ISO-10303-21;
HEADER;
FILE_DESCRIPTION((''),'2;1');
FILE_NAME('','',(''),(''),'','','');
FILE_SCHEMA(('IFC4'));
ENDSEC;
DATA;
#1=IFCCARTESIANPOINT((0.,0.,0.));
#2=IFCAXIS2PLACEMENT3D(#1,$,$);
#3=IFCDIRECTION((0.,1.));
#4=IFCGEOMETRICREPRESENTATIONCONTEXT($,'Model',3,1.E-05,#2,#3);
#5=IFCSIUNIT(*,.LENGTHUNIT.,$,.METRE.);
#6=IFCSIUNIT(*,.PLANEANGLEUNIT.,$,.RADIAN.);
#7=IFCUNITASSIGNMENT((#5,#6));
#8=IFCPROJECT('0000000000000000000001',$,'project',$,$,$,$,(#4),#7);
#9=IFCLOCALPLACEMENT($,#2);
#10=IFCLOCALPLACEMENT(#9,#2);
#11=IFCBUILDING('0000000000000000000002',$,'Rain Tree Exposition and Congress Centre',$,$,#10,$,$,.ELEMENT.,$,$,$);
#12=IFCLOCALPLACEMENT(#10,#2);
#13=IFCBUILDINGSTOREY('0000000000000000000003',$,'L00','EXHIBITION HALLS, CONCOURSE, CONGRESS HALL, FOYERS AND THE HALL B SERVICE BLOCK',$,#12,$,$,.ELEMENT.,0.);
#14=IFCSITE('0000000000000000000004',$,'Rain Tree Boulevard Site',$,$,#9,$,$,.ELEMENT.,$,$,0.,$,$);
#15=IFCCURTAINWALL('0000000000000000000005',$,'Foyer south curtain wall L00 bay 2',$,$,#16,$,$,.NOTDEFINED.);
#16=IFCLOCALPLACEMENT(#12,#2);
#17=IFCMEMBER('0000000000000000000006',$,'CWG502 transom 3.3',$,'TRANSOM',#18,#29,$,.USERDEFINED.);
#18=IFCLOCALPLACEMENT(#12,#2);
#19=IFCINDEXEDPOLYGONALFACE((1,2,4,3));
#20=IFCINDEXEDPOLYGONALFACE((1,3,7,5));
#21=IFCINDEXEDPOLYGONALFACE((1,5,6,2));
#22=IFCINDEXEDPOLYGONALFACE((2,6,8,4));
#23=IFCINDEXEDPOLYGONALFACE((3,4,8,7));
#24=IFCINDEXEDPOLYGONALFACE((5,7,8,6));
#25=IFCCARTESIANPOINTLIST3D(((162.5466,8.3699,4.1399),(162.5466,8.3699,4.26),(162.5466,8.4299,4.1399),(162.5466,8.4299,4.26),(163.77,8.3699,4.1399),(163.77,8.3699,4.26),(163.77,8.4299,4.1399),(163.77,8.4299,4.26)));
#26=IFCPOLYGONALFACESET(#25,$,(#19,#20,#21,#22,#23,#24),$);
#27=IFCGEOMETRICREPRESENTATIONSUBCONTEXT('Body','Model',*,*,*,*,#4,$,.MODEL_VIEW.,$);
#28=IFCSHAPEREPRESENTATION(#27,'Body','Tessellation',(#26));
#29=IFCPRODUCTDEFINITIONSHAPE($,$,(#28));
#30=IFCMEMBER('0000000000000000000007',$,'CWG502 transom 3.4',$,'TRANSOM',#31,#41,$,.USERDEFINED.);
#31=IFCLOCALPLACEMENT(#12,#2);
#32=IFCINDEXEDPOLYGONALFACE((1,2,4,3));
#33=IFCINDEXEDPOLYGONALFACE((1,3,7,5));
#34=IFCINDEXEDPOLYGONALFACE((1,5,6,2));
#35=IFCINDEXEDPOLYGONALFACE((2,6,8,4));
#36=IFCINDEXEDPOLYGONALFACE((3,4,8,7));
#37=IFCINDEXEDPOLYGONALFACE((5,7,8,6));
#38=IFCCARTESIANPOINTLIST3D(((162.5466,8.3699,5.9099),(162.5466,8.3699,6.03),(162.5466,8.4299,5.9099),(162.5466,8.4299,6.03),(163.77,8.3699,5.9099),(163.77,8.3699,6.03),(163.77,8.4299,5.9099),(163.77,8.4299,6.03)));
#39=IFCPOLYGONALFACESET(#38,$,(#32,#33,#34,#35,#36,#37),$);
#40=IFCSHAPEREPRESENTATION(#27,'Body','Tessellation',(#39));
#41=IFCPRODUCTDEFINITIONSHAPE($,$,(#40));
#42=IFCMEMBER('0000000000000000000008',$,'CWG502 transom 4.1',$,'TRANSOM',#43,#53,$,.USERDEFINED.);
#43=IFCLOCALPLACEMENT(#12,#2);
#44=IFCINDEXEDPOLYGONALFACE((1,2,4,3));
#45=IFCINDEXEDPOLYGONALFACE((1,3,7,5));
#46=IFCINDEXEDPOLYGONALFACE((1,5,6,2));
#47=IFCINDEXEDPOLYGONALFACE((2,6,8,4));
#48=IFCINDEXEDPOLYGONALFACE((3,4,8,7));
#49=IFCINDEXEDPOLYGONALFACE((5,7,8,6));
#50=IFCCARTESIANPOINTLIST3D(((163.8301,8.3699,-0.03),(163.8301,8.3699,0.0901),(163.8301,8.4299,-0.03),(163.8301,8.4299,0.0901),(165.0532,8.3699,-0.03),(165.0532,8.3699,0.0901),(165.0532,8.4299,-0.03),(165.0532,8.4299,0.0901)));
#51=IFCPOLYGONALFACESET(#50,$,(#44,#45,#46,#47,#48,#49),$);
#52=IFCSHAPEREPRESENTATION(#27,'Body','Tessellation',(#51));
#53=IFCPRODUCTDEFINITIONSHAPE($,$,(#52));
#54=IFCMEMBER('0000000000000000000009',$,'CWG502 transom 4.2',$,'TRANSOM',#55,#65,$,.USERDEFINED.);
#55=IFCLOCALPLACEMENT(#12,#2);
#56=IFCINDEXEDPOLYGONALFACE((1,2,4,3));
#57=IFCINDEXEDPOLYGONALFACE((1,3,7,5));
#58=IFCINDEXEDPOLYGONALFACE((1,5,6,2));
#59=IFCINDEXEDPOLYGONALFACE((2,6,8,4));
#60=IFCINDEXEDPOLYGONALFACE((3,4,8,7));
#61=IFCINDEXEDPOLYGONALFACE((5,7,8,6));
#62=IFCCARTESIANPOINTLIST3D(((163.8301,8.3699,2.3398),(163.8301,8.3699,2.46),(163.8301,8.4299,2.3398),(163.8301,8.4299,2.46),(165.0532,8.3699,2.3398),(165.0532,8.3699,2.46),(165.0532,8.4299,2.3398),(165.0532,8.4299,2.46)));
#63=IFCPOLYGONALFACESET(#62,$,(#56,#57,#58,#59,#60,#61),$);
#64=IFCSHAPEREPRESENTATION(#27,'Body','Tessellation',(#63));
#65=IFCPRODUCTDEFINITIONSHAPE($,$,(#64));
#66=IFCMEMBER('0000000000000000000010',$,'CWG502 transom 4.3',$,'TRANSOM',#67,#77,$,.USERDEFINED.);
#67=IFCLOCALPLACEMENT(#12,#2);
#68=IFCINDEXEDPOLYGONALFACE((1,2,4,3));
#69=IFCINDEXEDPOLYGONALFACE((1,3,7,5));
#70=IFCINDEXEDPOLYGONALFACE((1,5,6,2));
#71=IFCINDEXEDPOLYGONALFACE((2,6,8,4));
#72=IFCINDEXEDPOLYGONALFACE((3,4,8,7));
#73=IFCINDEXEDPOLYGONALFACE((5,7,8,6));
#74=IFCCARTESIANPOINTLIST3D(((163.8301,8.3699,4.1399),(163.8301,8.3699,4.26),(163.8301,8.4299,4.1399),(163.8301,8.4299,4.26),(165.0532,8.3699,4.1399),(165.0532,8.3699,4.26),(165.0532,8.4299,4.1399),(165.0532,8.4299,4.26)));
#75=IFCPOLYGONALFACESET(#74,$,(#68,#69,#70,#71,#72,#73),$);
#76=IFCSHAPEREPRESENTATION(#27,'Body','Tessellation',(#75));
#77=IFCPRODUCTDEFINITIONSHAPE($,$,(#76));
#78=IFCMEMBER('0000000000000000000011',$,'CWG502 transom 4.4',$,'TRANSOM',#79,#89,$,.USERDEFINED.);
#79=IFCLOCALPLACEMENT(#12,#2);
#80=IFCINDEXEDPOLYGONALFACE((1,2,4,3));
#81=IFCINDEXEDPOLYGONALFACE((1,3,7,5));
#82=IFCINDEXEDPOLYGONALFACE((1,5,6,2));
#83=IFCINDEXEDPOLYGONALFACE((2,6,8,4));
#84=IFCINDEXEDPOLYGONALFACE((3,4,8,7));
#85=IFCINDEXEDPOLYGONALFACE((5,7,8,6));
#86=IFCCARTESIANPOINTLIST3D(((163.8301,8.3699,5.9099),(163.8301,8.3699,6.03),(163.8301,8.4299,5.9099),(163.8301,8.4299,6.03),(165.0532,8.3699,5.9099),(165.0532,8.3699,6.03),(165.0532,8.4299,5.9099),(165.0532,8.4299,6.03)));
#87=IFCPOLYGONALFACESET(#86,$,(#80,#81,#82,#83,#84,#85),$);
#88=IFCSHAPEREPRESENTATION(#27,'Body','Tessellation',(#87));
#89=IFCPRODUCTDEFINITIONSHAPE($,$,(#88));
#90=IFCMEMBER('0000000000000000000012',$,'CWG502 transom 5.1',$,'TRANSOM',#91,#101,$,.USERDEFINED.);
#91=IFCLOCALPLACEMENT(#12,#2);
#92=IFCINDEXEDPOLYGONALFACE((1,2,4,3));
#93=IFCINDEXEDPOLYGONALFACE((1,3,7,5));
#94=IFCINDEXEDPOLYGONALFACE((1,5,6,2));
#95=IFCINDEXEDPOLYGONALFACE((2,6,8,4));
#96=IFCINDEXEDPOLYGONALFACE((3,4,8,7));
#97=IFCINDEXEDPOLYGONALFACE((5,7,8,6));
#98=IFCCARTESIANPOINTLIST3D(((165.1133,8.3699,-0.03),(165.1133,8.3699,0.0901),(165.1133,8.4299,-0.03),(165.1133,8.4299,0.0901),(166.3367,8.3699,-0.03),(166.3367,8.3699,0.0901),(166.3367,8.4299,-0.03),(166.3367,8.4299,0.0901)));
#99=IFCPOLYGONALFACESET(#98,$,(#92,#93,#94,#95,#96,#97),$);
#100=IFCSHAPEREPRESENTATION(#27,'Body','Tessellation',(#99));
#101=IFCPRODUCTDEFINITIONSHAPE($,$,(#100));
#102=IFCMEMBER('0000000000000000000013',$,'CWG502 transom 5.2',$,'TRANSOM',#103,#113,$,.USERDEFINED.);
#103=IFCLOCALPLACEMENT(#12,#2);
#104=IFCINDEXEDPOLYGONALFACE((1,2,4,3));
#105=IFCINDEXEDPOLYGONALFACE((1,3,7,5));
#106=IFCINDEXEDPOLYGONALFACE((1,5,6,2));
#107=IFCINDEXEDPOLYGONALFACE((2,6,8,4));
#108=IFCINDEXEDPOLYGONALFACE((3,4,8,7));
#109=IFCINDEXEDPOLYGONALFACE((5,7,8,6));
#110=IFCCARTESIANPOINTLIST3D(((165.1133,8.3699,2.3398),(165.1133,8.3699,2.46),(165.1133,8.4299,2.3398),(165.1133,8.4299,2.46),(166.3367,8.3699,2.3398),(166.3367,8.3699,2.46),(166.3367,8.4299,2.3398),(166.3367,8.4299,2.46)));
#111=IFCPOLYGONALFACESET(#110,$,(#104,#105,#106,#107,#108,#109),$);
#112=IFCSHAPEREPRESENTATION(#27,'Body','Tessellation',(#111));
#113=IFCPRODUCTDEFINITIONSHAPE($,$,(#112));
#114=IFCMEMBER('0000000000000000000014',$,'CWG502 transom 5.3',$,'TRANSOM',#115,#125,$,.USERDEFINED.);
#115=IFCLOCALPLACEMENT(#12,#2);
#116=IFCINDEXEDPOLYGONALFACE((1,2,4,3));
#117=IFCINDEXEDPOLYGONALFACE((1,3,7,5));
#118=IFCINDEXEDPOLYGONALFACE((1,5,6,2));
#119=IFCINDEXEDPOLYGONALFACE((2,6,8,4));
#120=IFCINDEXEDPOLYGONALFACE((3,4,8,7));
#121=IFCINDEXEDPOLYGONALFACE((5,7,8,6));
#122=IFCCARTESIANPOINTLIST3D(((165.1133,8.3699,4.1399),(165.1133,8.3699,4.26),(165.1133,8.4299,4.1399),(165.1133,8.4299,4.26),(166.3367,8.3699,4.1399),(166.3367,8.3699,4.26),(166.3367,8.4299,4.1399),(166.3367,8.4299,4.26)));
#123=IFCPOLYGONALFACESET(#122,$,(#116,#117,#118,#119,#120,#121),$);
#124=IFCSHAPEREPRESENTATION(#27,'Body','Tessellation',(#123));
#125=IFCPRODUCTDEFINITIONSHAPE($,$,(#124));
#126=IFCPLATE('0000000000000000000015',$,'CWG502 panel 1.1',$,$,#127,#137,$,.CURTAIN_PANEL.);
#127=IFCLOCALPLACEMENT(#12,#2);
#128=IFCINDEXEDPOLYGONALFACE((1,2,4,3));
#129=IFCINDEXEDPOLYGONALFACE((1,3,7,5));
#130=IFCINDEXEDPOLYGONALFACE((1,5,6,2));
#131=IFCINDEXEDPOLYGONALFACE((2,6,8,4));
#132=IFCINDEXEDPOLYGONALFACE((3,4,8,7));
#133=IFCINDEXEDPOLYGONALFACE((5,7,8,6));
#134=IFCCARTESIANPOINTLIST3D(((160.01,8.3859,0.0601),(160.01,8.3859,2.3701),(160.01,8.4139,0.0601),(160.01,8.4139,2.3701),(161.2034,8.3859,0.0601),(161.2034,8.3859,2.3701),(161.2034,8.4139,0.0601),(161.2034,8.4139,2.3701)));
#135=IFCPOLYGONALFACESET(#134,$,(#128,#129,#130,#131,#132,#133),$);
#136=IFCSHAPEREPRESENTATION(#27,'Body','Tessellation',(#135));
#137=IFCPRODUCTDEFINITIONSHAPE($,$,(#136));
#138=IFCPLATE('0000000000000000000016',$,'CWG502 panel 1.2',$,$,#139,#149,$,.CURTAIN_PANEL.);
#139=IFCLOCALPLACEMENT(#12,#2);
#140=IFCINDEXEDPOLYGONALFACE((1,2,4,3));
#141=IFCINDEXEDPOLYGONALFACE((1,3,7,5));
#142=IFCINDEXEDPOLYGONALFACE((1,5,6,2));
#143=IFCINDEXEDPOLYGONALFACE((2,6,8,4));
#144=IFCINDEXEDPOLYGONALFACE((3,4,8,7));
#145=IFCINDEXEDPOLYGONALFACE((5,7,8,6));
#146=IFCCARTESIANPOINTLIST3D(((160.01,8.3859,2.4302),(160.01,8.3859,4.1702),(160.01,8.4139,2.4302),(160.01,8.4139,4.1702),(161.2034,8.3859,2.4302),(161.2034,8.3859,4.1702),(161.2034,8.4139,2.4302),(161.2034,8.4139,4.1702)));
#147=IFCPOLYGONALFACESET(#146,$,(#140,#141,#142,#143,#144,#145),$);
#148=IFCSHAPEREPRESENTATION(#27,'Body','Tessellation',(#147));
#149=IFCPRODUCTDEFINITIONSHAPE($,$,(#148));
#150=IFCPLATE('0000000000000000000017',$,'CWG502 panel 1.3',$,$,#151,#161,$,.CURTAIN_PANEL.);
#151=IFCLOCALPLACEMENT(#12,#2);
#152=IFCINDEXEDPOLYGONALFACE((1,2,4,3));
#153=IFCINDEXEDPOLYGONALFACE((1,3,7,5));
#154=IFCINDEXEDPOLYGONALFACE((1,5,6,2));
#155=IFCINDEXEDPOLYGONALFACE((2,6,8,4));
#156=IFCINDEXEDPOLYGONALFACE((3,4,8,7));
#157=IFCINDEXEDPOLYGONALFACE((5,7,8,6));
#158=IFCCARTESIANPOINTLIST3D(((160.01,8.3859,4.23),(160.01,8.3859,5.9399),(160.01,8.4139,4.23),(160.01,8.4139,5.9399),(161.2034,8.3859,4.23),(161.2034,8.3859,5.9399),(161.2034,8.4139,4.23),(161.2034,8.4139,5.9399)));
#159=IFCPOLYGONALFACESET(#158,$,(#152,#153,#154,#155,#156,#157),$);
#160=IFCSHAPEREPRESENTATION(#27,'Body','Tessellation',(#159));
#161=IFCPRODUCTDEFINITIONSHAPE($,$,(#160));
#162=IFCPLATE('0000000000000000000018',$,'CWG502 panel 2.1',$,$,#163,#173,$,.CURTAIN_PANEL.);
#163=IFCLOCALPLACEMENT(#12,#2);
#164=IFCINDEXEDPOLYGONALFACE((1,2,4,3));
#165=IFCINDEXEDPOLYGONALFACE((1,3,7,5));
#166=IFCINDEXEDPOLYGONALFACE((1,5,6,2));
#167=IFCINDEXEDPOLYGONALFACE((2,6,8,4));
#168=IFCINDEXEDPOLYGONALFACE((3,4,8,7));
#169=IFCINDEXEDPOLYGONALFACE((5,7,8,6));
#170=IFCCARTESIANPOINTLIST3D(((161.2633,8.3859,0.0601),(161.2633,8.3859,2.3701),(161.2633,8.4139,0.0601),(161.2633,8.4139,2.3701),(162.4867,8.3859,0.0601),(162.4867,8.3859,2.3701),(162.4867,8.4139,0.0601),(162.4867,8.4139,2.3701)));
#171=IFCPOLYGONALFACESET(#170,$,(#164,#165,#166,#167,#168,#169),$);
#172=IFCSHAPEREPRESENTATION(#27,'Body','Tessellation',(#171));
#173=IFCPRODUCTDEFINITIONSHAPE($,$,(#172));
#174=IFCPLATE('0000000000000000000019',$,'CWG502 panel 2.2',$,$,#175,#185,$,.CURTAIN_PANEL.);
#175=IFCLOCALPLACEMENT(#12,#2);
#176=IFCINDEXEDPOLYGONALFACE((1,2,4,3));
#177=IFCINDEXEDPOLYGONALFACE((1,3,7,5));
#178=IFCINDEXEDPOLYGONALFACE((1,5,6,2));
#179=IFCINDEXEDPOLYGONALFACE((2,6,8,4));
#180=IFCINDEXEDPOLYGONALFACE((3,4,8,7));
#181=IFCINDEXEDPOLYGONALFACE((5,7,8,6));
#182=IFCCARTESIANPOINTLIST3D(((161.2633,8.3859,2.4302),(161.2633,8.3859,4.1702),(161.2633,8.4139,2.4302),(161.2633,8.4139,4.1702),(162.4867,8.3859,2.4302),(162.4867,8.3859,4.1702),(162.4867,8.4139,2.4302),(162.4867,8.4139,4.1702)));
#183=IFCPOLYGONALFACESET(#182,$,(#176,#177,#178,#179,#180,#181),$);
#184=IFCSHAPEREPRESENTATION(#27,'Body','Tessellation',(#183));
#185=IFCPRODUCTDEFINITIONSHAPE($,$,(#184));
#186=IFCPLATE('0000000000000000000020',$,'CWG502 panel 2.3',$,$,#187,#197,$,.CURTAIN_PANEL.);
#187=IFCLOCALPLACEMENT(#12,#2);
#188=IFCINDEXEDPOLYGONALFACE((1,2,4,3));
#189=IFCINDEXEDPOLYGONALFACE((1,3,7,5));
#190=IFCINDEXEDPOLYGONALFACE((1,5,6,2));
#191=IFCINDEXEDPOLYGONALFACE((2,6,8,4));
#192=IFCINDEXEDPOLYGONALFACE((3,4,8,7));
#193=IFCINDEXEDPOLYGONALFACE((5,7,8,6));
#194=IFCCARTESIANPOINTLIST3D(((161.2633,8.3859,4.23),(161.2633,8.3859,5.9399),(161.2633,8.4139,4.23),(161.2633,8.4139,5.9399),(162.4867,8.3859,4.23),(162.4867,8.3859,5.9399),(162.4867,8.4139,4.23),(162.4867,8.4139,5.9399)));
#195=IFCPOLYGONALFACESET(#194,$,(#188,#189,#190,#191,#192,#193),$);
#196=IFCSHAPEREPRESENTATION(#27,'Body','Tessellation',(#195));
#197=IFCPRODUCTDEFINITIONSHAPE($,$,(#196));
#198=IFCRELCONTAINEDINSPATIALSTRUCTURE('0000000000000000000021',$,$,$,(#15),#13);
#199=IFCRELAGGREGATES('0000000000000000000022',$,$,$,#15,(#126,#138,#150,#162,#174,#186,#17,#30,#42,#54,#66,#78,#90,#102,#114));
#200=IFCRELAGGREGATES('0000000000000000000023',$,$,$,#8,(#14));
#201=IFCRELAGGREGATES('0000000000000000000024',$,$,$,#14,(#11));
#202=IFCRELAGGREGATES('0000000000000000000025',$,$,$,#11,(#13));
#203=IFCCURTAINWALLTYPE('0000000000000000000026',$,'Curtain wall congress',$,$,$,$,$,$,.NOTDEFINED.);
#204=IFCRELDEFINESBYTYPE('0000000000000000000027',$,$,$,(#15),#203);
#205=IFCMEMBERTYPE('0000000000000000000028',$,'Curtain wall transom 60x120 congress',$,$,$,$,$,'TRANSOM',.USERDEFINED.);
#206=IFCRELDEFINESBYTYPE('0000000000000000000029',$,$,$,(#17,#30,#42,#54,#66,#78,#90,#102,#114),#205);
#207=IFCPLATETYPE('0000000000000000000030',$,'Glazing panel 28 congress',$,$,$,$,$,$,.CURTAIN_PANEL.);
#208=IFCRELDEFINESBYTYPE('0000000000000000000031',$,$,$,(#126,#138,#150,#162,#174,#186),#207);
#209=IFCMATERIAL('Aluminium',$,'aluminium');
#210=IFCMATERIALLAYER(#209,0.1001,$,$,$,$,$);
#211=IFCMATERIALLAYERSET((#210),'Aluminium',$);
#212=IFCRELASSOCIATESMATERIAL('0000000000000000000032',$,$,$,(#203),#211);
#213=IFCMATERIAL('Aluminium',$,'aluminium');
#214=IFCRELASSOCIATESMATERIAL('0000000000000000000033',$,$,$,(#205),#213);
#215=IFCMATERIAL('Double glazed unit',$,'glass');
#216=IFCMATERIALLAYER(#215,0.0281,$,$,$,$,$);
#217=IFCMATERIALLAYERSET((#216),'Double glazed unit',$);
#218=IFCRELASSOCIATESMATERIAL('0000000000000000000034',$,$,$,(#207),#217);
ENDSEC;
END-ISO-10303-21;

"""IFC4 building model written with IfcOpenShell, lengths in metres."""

from ifc_helpers import new_model, si_unit, direction, frame, origin, origin_2d, place, context, subcontext, project, spatial, rectangle, extrude, material, layer, layer_set, material_profile, profile_set, type_object, element, aggregate, save


model = new_model("IFC4")

# Units and contexts
model_context = context("Model", 3, precision=1e-05, world=origin(), true_north=direction((0.0, 1.0)))
body_context = subcontext(model_context, "Body", "Model", "MODEL_VIEW")
ifc_project = project(units=[si_unit("LENGTHUNIT", "METRE"), si_unit("PLANEANGLEUNIT", "RADIAN")], contexts=[model_context])

# Site, building, storey
site_placement = place(None, origin())
site = spatial("IfcSite", under=ifc_project, at=site_placement, Name="Rain Tree Boulevard Site", CompositionType="ELEMENT", RefElevation=0.0)
building_placement = place(site_placement, origin())
building = spatial("IfcBuilding", under=site, at=building_placement, Name="Rain Tree Exposition and Congress Centre", CompositionType="ELEMENT")
storey_placement = place(building_placement, origin())
storey = spatial("IfcBuildingStorey", under=building, at=storey_placement, Name="L00", Description="EXHIBITION HALLS, CONCOURSE, CONGRESS HALL, FOYERS AND THE HALL B SERVICE BLOCK", CompositionType="ELEMENT", Elevation=0.0)

# Curtain wall, members, plates
ifc_material_1 = material(Name="Aluminium", Category="aluminium")
ifc_layer_1 = layer(ifc_material_1, 0.1001)
ifc_layer_set_1 = layer_set([ifc_layer_1], Name="Aluminium")
curtain_wall_type = type_object("IfcCurtainWallType", Name="Curtain wall congress", PredefinedType="NOTDEFINED", material=ifc_layer_set_1)
curtain_wall_placement = place(storey_placement, origin())
curtain_wall = element("IfcCurtainWall", 1, at=curtain_wall_placement, inside=storey, type_object=curtain_wall_type, Name="Foyer south curtain wall L00 bay 2", PredefinedType="NOTDEFINED")
ifc_material_2 = material(Name="Aluminium", Category="aluminium")
ifc_material_profile_1 = material_profile(ifc_material_2, rectangle(XDim=0.0601, YDim=0.1201, at=origin_2d()), Name="AL 60x120")
ifc_profile_set_1 = profile_set([ifc_material_profile_1], Name="Aluminium")
member_type_1 = type_object("IfcMemberType", Name="Curtain wall transom 60x120 congress", ElementType="TRANSOM", PredefinedType="USERDEFINED", material=ifc_profile_set_1)
member_1_placement = place(storey_placement, frame((162.5466, 8.3999, 4.2), z_axis=(1.0, 0.0, 0.0), x_axis=(0.0, 1.0, 0.0)))
member_1 = element("IfcMember", 2, at=member_1_placement, type_object=member_type_1, Name="CWG502 transom 3.3", ObjectType="TRANSOM", PredefinedType="USERDEFINED", context=body_context, shape_type="SweptSolid", body=[
    extrude(rectangle(XDim=0.0601, YDim=0.1201, at=origin_2d()), origin(), (0.0, 0.0, 1.0), 1.2234),
])
member_2_placement = place(storey_placement, frame((162.5466, 8.3999, 5.97), z_axis=(1.0, 0.0, 0.0), x_axis=(0.0, 1.0, 0.0)))
member_2 = element("IfcMember", 3, at=member_2_placement, type_object=member_type_1, Name="CWG502 transom 3.4", ObjectType="TRANSOM", PredefinedType="USERDEFINED", context=body_context, shape_type="SweptSolid", body=[
    extrude(rectangle(XDim=0.0601, YDim=0.1201, at=origin_2d()), origin(), (0.0, 0.0, 1.0), 1.2234),
])
member_3_placement = place(storey_placement, frame((163.8301, 8.3999, 0.03), z_axis=(1.0, 0.0, 0.0), x_axis=(0.0, 1.0, 0.0)))
member_3 = element("IfcMember", 4, at=member_3_placement, type_object=member_type_1, Name="CWG502 transom 4.1", ObjectType="TRANSOM", PredefinedType="USERDEFINED", context=body_context, shape_type="SweptSolid", body=[
    extrude(rectangle(XDim=0.0601, YDim=0.1201, at=origin_2d()), origin(), (0.0, 0.0, 1.0), 1.2231),
])
member_4_placement = place(storey_placement, frame((163.8301, 8.3999, 2.3999), z_axis=(1.0, 0.0, 0.0), x_axis=(0.0, 1.0, 0.0)))
member_4 = element("IfcMember", 5, at=member_4_placement, type_object=member_type_1, Name="CWG502 transom 4.2", ObjectType="TRANSOM", PredefinedType="USERDEFINED", context=body_context, shape_type="SweptSolid", body=[
    extrude(rectangle(XDim=0.0601, YDim=0.1201, at=origin_2d()), origin(), (0.0, 0.0, 1.0), 1.2231),
])
member_5_placement = place(storey_placement, frame((163.8301, 8.3999, 4.2), z_axis=(1.0, 0.0, 0.0), x_axis=(0.0, 1.0, 0.0)))
member_5 = element("IfcMember", 6, at=member_5_placement, type_object=member_type_1, Name="CWG502 transom 4.3", ObjectType="TRANSOM", PredefinedType="USERDEFINED", context=body_context, shape_type="SweptSolid", body=[
    extrude(rectangle(XDim=0.0601, YDim=0.1201, at=origin_2d()), origin(), (0.0, 0.0, 1.0), 1.2231),
])
member_6_placement = place(storey_placement, frame((163.8301, 8.3999, 5.97), z_axis=(1.0, 0.0, 0.0), x_axis=(0.0, 1.0, 0.0)))
member_6 = element("IfcMember", 7, at=member_6_placement, type_object=member_type_1, Name="CWG502 transom 4.4", ObjectType="TRANSOM", PredefinedType="USERDEFINED", context=body_context, shape_type="SweptSolid", body=[
    extrude(rectangle(XDim=0.0601, YDim=0.1201, at=origin_2d()), origin(), (0.0, 0.0, 1.0), 1.2231),
])
member_7_placement = place(storey_placement, frame((165.1133, 8.3999, 0.03), z_axis=(1.0, 0.0, 0.0), x_axis=(0.0, 1.0, 0.0)))
member_7 = element("IfcMember", 8, at=member_7_placement, type_object=member_type_1, Name="CWG502 transom 5.1", ObjectType="TRANSOM", PredefinedType="USERDEFINED", context=body_context, shape_type="SweptSolid", body=[
    extrude(rectangle(XDim=0.0601, YDim=0.1201, at=origin_2d()), origin(), (0.0, 0.0, 1.0), 1.2234),
])
member_8_placement = place(storey_placement, frame((165.1133, 8.3999, 2.3999), z_axis=(1.0, 0.0, 0.0), x_axis=(0.0, 1.0, 0.0)))
member_8 = element("IfcMember", 9, at=member_8_placement, type_object=member_type_1, Name="CWG502 transom 5.2", ObjectType="TRANSOM", PredefinedType="USERDEFINED", context=body_context, shape_type="SweptSolid", body=[
    extrude(rectangle(XDim=0.0601, YDim=0.1201, at=origin_2d()), origin(), (0.0, 0.0, 1.0), 1.2234),
])
member_9_placement = place(storey_placement, frame((165.1133, 8.3999, 4.2), z_axis=(1.0, 0.0, 0.0), x_axis=(0.0, 1.0, 0.0)))
member_9 = element("IfcMember", 10, at=member_9_placement, type_object=member_type_1, Name="CWG502 transom 5.3", ObjectType="TRANSOM", PredefinedType="USERDEFINED", context=body_context, shape_type="SweptSolid", body=[
    extrude(rectangle(XDim=0.0601, YDim=0.1201, at=origin_2d()), origin(), (0.0, 0.0, 1.0), 1.2234),
])
ifc_material_3 = material(Name="Double glazed unit", Category="glass")
ifc_layer_2 = layer(ifc_material_3, 0.0281)
ifc_layer_set_2 = layer_set([ifc_layer_2], Name="Double glazed unit")
plate_type = type_object("IfcPlateType", Name="Glazing panel 28 congress", PredefinedType="CURTAIN_PANEL", material=ifc_layer_set_2)
plate_1_placement = place(storey_placement, frame((160.6067, 8.3999, 0.0601), z_axis=(0.0, 0.0, 1.0), x_axis=(1.0, 0.0, 0.0)))
plate_1 = element("IfcPlate", 11, at=plate_1_placement, type_object=plate_type, Name="CWG502 panel 1.1", PredefinedType="CURTAIN_PANEL", context=body_context, shape_type="SweptSolid", body=[
    extrude(rectangle(XDim=1.1934, YDim=0.0281, at=origin_2d()), origin(), (0.0, 0.0, 1.0), 2.3101),
])
plate_2_placement = place(storey_placement, frame((160.6067, 8.3999, 2.4302), z_axis=(0.0, 0.0, 1.0), x_axis=(1.0, 0.0, 0.0)))
plate_2 = element("IfcPlate", 12, at=plate_2_placement, type_object=plate_type, Name="CWG502 panel 1.2", PredefinedType="CURTAIN_PANEL", context=body_context, shape_type="SweptSolid", body=[
    extrude(rectangle(XDim=1.1934, YDim=0.0281, at=origin_2d()), origin(), (0.0, 0.0, 1.0), 1.74),
])
plate_3_placement = place(storey_placement, frame((160.6067, 8.3999, 4.23), z_axis=(0.0, 0.0, 1.0), x_axis=(1.0, 0.0, 0.0)))
plate_3 = element("IfcPlate", 13, at=plate_3_placement, type_object=plate_type, Name="CWG502 panel 1.3", PredefinedType="CURTAIN_PANEL", context=body_context, shape_type="SweptSolid", body=[
    extrude(rectangle(XDim=1.1934, YDim=0.0281, at=origin_2d()), origin(), (0.0, 0.0, 1.0), 1.71),
])
plate_4_placement = place(storey_placement, frame((161.875, 8.3999, 0.0601), z_axis=(0.0, 0.0, 1.0), x_axis=(1.0, 0.0, 0.0)))
plate_4 = element("IfcPlate", 14, at=plate_4_placement, type_object=plate_type, Name="CWG502 panel 2.1", PredefinedType="CURTAIN_PANEL", context=body_context, shape_type="SweptSolid", body=[
    extrude(rectangle(XDim=1.2234, YDim=0.0281, at=origin_2d()), origin(), (0.0, 0.0, 1.0), 2.3101),
])
plate_5_placement = place(storey_placement, frame((161.875, 8.3999, 2.4302), z_axis=(0.0, 0.0, 1.0), x_axis=(1.0, 0.0, 0.0)))
plate_5 = element("IfcPlate", 15, at=plate_5_placement, type_object=plate_type, Name="CWG502 panel 2.2", PredefinedType="CURTAIN_PANEL", context=body_context, shape_type="SweptSolid", body=[
    extrude(rectangle(XDim=1.2234, YDim=0.0281, at=origin_2d()), origin(), (0.0, 0.0, 1.0), 1.74),
])
plate_6_placement = place(storey_placement, frame((161.875, 8.3999, 4.23), z_axis=(0.0, 0.0, 1.0), x_axis=(1.0, 0.0, 0.0)))
plate_6 = element("IfcPlate", 16, at=plate_6_placement, type_object=plate_type, Name="CWG502 panel 2.3", PredefinedType="CURTAIN_PANEL", context=body_context, shape_type="SweptSolid", body=[
    extrude(rectangle(XDim=1.2234, YDim=0.0281, at=origin_2d()), origin(), (0.0, 0.0, 1.0), 1.71),
])
aggregate(curtain_wall, [plate_1, plate_2, plate_3, plate_4, plate_5, plate_6, member_1, member_2, member_3, member_4, member_5, member_6, member_7, member_8, member_9])

save(model, "model.ifc")
